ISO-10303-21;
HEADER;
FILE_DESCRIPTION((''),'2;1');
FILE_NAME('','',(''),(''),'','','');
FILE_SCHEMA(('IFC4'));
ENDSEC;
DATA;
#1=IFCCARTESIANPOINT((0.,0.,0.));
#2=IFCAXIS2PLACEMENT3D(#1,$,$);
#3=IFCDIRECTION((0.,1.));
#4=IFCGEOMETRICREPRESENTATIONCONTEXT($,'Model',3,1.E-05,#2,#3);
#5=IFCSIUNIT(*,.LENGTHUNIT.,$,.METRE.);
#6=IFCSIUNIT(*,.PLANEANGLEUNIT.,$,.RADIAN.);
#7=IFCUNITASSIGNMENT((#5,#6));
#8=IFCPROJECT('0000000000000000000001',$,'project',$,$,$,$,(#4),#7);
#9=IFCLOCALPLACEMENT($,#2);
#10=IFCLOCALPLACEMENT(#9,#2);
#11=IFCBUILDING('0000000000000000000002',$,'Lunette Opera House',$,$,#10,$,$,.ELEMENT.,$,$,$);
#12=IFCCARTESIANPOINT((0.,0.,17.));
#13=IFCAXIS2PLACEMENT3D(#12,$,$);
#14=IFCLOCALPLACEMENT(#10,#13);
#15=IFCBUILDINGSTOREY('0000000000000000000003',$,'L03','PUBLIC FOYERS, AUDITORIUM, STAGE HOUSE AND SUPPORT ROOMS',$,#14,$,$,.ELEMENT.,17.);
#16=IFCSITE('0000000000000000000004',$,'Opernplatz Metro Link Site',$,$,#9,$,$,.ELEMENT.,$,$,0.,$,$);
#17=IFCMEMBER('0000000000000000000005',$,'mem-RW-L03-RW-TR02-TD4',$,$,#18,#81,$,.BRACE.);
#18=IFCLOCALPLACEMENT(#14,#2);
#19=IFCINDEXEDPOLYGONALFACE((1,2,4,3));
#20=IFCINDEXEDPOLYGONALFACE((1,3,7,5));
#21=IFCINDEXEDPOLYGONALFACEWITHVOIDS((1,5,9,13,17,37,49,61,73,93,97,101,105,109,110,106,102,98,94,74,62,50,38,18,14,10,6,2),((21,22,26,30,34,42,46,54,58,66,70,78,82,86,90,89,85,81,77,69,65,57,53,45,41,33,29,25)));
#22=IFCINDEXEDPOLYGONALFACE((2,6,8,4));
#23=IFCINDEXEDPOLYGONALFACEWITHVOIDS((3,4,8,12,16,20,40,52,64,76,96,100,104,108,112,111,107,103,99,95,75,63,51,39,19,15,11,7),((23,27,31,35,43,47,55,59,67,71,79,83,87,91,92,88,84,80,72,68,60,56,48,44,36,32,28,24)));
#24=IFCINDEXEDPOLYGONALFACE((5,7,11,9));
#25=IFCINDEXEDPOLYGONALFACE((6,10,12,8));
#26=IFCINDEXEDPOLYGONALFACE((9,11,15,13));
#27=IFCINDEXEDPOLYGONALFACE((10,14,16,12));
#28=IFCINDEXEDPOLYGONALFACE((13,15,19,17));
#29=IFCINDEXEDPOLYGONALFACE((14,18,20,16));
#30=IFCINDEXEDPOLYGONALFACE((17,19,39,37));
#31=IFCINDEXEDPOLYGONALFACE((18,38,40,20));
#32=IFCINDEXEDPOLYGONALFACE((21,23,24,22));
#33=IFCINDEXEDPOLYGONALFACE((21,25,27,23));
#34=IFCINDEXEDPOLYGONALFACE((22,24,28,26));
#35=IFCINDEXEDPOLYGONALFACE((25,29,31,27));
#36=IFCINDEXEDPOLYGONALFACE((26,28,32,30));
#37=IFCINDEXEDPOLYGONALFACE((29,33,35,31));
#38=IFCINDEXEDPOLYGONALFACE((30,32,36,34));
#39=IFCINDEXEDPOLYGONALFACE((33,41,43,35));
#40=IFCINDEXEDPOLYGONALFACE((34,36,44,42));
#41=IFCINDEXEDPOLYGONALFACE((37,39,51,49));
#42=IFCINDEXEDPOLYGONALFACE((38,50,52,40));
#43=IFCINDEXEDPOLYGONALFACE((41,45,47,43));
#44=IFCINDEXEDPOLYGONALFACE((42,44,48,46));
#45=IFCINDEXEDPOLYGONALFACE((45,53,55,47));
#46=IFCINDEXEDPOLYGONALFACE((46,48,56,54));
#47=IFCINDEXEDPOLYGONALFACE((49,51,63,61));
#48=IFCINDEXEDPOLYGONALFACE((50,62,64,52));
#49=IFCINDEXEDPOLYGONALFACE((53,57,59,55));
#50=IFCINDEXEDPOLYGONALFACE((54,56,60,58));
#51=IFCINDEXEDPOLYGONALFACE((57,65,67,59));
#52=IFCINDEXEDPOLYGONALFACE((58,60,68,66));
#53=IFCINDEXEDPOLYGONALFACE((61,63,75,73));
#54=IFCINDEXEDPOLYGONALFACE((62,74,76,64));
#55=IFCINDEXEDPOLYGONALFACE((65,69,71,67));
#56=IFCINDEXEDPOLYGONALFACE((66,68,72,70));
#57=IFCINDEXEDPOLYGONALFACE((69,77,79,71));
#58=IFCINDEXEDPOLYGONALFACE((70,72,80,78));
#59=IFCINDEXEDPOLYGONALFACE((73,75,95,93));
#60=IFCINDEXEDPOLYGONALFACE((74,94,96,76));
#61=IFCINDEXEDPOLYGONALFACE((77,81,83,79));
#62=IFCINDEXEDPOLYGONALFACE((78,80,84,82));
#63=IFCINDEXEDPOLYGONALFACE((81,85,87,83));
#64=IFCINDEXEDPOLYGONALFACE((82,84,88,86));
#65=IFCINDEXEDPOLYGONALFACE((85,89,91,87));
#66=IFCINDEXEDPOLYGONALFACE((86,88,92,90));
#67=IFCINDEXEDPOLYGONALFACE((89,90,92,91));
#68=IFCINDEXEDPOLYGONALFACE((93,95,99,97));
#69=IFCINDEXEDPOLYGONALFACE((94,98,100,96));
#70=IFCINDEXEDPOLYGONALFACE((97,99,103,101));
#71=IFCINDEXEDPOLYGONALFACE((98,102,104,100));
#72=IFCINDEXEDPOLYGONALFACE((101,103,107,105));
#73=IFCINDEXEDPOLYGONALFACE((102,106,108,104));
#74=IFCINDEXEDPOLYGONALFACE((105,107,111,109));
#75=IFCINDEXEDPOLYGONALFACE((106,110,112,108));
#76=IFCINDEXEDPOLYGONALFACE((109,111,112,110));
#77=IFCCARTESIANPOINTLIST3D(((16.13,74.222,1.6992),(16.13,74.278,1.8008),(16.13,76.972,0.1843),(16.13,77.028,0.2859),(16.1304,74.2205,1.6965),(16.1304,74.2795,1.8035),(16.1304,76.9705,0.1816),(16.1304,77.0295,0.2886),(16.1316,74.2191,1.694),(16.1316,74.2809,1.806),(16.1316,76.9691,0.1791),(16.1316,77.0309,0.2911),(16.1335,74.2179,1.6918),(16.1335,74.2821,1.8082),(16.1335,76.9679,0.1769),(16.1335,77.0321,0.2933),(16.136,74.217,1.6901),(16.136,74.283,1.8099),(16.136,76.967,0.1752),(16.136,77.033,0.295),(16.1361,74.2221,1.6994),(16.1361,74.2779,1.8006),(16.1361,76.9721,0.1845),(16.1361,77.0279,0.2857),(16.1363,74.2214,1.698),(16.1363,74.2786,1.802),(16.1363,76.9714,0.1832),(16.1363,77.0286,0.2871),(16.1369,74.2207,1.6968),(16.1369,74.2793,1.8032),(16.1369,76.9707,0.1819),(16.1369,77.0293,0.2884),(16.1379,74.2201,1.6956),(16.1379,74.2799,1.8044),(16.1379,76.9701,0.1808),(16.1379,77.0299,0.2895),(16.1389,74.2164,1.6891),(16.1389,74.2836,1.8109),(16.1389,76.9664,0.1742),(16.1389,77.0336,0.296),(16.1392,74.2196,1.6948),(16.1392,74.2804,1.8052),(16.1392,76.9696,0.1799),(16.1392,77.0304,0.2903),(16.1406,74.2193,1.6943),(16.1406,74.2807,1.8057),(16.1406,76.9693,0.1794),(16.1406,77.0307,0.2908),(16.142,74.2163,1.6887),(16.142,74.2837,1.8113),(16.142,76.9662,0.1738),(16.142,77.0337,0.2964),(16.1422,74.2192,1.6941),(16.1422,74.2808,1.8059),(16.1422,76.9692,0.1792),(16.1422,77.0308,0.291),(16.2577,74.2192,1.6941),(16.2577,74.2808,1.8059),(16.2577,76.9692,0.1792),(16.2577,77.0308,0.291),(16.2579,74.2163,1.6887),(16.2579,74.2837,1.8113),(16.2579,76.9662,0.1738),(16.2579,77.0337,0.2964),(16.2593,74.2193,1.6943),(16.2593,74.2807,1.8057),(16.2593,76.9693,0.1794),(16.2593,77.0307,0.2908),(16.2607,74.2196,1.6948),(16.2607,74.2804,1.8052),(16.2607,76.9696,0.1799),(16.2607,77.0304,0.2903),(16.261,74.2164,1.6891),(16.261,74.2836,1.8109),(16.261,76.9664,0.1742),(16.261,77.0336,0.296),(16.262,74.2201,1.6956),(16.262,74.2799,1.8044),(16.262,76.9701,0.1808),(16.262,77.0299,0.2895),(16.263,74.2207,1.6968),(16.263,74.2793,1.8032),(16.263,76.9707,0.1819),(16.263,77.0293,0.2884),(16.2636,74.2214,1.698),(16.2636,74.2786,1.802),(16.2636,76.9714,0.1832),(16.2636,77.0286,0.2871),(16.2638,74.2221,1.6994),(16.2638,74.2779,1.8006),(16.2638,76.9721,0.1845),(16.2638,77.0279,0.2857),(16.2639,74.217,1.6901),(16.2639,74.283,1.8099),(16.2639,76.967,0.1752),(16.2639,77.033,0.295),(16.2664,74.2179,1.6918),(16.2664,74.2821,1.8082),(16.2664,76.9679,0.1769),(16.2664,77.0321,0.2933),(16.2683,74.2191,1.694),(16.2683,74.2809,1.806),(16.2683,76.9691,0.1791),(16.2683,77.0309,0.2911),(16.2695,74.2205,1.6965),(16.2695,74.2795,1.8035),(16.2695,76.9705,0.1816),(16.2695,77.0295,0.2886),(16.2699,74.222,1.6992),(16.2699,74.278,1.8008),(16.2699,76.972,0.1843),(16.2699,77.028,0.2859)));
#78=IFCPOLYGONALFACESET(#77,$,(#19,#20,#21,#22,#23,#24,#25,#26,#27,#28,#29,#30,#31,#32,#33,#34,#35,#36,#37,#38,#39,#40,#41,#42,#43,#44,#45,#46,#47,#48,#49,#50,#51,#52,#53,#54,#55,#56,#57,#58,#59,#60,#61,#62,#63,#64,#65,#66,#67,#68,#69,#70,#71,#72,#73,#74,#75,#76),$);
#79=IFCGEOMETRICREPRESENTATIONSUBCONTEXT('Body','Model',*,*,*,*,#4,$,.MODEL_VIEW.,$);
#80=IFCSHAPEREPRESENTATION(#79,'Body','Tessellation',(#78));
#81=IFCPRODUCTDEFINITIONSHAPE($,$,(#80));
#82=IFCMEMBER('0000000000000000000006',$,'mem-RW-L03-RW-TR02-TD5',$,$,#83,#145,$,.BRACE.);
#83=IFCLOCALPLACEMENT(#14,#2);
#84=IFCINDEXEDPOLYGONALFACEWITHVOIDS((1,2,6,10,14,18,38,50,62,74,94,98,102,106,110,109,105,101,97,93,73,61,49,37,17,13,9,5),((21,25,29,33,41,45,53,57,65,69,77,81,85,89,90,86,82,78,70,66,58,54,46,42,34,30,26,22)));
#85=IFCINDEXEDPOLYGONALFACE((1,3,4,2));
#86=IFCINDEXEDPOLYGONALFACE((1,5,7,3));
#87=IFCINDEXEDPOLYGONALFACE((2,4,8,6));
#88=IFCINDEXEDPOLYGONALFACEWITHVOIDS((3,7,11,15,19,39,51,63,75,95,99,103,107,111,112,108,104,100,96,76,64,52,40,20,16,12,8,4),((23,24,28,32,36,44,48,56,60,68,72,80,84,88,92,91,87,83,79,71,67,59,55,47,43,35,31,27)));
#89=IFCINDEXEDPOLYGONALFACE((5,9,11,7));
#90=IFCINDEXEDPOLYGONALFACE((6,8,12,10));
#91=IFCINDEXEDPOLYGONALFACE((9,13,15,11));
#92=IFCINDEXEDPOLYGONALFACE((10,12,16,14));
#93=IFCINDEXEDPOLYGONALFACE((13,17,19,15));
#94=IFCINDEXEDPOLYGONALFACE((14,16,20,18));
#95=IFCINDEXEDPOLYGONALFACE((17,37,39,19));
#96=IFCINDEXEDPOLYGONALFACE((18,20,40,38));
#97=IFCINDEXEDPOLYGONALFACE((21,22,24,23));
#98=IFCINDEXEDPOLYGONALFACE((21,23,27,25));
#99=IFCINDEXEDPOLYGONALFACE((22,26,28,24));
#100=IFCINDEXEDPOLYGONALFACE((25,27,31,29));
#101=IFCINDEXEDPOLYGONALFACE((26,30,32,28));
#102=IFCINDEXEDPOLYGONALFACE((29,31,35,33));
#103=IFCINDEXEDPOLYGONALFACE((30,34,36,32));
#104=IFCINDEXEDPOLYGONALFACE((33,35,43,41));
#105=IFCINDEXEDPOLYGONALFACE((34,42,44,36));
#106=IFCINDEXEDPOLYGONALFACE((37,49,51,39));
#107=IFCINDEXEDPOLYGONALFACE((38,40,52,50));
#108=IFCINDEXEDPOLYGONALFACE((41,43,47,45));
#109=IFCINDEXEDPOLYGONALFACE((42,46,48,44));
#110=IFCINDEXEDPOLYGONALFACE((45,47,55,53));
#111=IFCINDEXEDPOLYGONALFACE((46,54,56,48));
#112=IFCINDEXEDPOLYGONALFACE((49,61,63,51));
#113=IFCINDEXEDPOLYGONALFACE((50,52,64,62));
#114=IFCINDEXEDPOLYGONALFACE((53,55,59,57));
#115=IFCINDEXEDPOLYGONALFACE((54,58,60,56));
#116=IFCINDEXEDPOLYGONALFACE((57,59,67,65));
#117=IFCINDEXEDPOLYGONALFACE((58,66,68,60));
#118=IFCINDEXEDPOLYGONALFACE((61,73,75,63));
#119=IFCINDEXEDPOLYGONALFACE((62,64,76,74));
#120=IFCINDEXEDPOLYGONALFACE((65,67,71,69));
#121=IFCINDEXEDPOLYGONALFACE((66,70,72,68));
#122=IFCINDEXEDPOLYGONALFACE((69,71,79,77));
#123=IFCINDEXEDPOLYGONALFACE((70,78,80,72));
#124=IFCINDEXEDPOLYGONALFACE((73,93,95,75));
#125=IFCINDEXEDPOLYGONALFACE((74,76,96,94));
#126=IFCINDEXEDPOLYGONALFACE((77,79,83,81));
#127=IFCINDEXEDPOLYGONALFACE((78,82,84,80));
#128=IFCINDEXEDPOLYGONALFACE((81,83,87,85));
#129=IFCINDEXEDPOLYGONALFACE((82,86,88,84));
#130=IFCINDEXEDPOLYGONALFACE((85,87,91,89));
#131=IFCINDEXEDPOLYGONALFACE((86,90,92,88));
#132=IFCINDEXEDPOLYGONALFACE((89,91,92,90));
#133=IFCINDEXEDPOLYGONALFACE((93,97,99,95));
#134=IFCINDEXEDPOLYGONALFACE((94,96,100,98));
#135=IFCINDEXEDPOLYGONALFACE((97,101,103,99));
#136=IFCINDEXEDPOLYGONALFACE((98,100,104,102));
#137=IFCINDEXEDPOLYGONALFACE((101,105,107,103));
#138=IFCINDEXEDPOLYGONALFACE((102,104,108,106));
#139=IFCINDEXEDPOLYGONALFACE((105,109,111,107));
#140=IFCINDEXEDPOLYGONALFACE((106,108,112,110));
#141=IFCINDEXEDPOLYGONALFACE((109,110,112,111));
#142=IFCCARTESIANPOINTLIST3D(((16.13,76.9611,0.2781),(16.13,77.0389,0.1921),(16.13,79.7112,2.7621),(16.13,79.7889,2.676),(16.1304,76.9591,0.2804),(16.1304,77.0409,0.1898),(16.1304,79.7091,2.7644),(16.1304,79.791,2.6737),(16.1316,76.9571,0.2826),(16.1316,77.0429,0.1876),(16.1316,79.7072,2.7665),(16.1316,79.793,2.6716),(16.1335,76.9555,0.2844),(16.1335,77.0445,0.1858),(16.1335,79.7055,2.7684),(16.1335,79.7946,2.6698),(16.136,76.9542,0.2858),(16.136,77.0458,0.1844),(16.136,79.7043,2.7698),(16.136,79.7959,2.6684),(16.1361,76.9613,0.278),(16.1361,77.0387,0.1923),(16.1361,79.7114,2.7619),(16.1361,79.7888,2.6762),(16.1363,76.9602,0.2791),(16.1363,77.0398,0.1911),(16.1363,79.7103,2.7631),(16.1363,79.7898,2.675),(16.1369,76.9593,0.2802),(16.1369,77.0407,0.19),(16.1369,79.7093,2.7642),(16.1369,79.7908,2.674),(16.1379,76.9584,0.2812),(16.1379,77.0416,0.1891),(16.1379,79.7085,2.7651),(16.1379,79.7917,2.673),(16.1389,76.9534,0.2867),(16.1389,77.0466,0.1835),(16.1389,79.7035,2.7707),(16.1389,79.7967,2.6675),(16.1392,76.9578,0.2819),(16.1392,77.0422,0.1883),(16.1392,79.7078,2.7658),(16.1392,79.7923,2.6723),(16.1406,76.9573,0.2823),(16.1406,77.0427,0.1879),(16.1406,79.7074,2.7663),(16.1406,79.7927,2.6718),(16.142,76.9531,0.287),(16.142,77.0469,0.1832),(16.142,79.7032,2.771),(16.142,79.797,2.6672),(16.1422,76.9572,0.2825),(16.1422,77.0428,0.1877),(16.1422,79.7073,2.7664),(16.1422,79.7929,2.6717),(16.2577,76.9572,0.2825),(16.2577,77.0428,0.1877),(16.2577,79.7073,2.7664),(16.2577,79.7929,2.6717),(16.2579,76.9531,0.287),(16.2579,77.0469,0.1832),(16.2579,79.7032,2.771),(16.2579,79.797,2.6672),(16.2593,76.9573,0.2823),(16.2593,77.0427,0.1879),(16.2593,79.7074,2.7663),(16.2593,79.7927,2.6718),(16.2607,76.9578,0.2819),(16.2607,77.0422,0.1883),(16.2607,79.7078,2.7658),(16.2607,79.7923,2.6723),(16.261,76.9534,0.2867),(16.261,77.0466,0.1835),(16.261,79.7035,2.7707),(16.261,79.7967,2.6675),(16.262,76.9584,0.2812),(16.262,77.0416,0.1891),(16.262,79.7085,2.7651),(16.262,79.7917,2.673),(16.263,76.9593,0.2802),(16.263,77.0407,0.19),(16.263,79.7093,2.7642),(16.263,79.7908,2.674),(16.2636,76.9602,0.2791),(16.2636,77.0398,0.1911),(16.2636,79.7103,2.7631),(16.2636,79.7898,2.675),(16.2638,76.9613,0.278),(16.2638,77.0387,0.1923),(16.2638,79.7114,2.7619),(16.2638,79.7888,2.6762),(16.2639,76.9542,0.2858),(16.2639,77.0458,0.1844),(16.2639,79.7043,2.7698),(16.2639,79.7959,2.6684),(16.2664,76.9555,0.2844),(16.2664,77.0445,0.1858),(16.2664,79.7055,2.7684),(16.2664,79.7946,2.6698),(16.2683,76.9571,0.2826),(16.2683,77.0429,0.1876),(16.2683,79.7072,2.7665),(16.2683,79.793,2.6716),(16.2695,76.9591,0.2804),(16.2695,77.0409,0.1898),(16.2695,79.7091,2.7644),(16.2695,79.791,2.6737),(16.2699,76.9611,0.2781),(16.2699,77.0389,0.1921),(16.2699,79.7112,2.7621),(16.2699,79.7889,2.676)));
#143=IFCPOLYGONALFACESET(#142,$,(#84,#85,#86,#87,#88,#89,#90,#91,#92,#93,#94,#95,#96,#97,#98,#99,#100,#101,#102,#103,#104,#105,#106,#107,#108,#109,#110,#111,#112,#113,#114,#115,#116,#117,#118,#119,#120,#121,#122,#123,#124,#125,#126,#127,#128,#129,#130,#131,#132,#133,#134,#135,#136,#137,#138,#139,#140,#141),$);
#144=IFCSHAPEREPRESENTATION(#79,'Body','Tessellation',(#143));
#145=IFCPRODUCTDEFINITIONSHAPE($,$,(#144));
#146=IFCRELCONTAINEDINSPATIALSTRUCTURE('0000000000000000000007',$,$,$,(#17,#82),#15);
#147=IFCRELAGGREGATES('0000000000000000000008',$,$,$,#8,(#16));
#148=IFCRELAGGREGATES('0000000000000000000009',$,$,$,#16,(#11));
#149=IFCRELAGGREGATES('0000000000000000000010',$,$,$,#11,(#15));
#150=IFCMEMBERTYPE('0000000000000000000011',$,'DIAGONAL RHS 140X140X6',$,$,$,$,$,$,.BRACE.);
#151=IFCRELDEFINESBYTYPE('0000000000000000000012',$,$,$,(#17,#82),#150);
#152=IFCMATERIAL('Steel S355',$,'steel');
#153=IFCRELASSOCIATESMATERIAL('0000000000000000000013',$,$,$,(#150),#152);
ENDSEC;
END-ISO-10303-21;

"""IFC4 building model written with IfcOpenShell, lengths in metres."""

from ifc_helpers import new_model, si_unit, direction, frame, origin, origin_2d, place, context, subcontext, project, spatial, hollow_rectangle, extrude, material, material_profile, profile_set, type_object, element, save


model = new_model("IFC4")

# Units and contexts
model_context = context("Model", 3, precision=1e-05, world=origin(), true_north=direction((0.0, 1.0)))
body_context = subcontext(model_context, "Body", "Model", "MODEL_VIEW")
ifc_project = project(units=[si_unit("LENGTHUNIT", "METRE"), si_unit("PLANEANGLEUNIT", "RADIAN")], contexts=[model_context])

# Site, building, storey
site_placement = place(None, origin())
site = spatial("IfcSite", under=ifc_project, at=site_placement, Name="Opernplatz Metro Link Site", CompositionType="ELEMENT", RefElevation=0.0)
building_placement = place(site_placement, origin())
building = spatial("IfcBuilding", under=site, at=building_placement, Name="Lunette Opera House", CompositionType="ELEMENT")
storey_placement = place(building_placement, frame((0.0, 0.0, 17.0)))
storey = spatial("IfcBuildingStorey", under=building, at=storey_placement, Name="L03", Description="PUBLIC FOYERS, AUDITORIUM, STAGE HOUSE AND SUPPORT ROOMS", CompositionType="ELEMENT", Elevation=17.0)

# Members
ifc_material_1 = material(Name="Steel S355", Category="steel")
ifc_material_profile_1 = material_profile(ifc_material_1, hollow_rectangle(XDim=0.1399, YDim=0.1399, WallThickness=0.0061, InnerFilletRadius=0.0061, OuterFilletRadius=0.012, at=origin_2d()), Name="RHS 140X140X6")
ifc_profile_set_1 = profile_set([ifc_material_profile_1], Name="Steel S355")
member_type_1 = type_object("IfcMemberType", Name="DIAGONAL RHS 140X140X6", PredefinedType="BRACE", material=ifc_profile_set_1)
member_1_placement = place(storey_placement, frame((16.2, 74.25, 1.75), z_axis=(0.0, 0.875894, -0.482504), x_axis=(-1.0, 0.0, 0.0)))
element("IfcMember", 1, at=member_1_placement, inside=storey, type_object=member_type_1, Name="mem-RW-L03-RW-TR02-TD4", PredefinedType="BRACE", context=body_context, shape_type="SweptSolid", body=[
    extrude(hollow_rectangle(XDim=0.1399, YDim=0.1399, WallThickness=0.0061, InnerFilletRadius=0.0061, OuterFilletRadius=0.012, at=origin_2d()), origin(), (0.0, 0.0, 1.0), 3.1396),
])
member_2_placement = place(storey_placement, frame((16.2, 77.0, 0.2351), z_axis=(0.0, 0.742101, 0.670289), x_axis=(-1.0, 0.0, 0.0)))
element("IfcMember", 2, at=member_2_placement, inside=storey, type_object=member_type_1, Name="mem-RW-L03-RW-TR02-TD5", PredefinedType="BRACE", context=body_context, shape_type="SweptSolid", body=[
    extrude(hollow_rectangle(XDim=0.1399, YDim=0.1399, WallThickness=0.0061, InnerFilletRadius=0.0061, OuterFilletRadius=0.012, at=origin_2d()), origin(), (0.0, 0.0, 1.0), 3.7058),
])

save(model, "model.ifc")
